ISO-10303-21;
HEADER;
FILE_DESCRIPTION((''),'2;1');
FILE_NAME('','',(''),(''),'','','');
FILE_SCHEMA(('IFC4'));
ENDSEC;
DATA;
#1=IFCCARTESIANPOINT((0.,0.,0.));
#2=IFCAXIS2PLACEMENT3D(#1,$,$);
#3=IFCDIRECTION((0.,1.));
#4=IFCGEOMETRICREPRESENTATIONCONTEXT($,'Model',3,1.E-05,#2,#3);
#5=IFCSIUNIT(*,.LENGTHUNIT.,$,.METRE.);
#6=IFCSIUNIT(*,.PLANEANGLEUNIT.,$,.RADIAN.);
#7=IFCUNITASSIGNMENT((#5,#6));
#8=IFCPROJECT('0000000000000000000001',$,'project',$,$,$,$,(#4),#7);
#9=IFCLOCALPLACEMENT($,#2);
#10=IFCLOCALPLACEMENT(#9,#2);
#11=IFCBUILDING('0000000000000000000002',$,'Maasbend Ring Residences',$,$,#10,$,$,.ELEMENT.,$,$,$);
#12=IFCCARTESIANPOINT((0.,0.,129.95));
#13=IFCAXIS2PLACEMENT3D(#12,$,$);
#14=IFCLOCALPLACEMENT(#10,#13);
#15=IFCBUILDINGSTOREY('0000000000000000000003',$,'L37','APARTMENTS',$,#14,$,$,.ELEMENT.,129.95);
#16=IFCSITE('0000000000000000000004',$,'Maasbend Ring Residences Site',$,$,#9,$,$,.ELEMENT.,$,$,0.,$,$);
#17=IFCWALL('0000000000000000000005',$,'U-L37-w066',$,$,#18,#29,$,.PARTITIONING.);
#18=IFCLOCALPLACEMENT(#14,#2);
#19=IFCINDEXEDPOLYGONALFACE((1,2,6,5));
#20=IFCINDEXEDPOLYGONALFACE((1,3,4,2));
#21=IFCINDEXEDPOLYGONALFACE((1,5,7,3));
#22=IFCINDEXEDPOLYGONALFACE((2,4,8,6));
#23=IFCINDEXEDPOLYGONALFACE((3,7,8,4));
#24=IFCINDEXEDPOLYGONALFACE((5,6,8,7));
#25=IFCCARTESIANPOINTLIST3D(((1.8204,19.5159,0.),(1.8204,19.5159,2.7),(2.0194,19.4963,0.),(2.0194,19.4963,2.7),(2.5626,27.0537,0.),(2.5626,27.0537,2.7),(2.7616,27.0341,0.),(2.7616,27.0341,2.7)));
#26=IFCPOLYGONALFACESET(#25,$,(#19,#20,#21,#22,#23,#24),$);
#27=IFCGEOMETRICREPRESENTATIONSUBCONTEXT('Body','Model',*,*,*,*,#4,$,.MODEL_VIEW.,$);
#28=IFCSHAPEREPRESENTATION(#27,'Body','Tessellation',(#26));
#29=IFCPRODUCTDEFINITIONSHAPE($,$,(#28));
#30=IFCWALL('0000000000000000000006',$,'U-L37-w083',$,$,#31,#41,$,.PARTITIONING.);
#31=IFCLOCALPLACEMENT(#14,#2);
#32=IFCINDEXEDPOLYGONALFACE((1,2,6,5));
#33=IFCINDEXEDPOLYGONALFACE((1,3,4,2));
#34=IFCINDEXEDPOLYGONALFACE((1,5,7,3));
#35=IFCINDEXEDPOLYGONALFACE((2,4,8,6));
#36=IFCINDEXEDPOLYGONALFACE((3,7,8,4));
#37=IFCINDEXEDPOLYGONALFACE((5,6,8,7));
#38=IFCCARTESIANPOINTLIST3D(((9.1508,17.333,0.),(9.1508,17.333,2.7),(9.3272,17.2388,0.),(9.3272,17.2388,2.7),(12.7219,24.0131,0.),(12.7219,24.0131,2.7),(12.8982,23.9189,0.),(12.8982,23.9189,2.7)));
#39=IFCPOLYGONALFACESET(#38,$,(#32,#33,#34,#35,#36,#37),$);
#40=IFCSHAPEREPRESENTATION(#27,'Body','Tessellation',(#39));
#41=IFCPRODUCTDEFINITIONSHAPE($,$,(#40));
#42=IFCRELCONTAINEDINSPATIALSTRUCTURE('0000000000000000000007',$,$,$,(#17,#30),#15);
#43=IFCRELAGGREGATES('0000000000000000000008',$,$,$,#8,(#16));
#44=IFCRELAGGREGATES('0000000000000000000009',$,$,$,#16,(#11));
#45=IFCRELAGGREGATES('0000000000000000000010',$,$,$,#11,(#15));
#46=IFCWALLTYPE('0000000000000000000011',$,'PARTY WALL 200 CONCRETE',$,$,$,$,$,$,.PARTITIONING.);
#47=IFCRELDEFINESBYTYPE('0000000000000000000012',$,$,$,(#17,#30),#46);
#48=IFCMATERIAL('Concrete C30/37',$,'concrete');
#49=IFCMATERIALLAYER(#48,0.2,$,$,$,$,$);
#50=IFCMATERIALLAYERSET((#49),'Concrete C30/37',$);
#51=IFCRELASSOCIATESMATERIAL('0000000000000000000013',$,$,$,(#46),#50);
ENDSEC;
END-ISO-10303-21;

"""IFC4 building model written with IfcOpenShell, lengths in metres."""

from ifc_helpers import new_model, si_unit, direction, frame, frame_2d, origin, place, context, subcontext, project, spatial, rectangle, extrude, material, layer, layer_set, type_object, element, save


model = new_model("IFC4")

# Units and contexts
model_context = context("Model", 3, precision=1e-05, world=origin(), true_north=direction((0.0, 1.0)))
body_context = subcontext(model_context, "Body", "Model", "MODEL_VIEW")
ifc_project = project(units=[si_unit("LENGTHUNIT", "METRE"), si_unit("PLANEANGLEUNIT", "RADIAN")], contexts=[model_context])

# Site, building, storey
site_placement = place(None, origin())
site = spatial("IfcSite", under=ifc_project, at=site_placement, Name="Maasbend Ring Residences Site", CompositionType="ELEMENT", RefElevation=0.0)
building_placement = place(site_placement, origin())
building = spatial("IfcBuilding", under=site, at=building_placement, Name="Maasbend Ring Residences", CompositionType="ELEMENT")
storey_placement = place(building_placement, frame((0.0, 0.0, 129.95)))
storey = spatial("IfcBuildingStorey", under=building, at=storey_placement, Name="L37", Description="APARTMENTS", CompositionType="ELEMENT", Elevation=129.95)

# Walls
ifc_material_1 = material(Name="Concrete C30/37", Category="concrete")
ifc_layer_1 = layer(ifc_material_1, 0.2)
ifc_layer_set_1 = layer_set([ifc_layer_1], Name="Concrete C30/37")
wall_type_1 = type_object("IfcWallType", Name="PARTY WALL 200 CONCRETE", PredefinedType="PARTITIONING", material=ifc_layer_set_1)
wall_1_placement = place(storey_placement, frame((1.9199, 19.5061, 0.0), z_axis=(0.0, 0.0, 1.0), x_axis=(0.097988, 0.995188, 0.0)))
element("IfcWall", 1, at=wall_1_placement, inside=storey, type_object=wall_type_1, Name="U-L37-w066", PredefinedType="PARTITIONING", context=body_context, shape_type="SweptSolid", body=[
    extrude(rectangle(XDim=7.5742, YDim=0.2, at=frame_2d((3.7871, 0.0))), origin(), (0.0, 0.0, 1.0), 2.7),
])
wall_2_placement = place(storey_placement, frame((9.239, 17.2859, 0.0), z_axis=(0.0, 0.0, 1.0), x_axis=(0.47144, 0.881898, 0.0)))
element("IfcWall", 2, at=wall_2_placement, inside=storey, type_object=wall_type_1, Name="U-L37-w083", PredefinedType="PARTITIONING", context=body_context, shape_type="SweptSolid", body=[
    extrude(rectangle(XDim=7.5747, YDim=0.2, at=frame_2d((3.7874, 0.0))), origin(), (0.0, 0.0, 1.0), 2.7),
])

save(model, "model.ifc")
